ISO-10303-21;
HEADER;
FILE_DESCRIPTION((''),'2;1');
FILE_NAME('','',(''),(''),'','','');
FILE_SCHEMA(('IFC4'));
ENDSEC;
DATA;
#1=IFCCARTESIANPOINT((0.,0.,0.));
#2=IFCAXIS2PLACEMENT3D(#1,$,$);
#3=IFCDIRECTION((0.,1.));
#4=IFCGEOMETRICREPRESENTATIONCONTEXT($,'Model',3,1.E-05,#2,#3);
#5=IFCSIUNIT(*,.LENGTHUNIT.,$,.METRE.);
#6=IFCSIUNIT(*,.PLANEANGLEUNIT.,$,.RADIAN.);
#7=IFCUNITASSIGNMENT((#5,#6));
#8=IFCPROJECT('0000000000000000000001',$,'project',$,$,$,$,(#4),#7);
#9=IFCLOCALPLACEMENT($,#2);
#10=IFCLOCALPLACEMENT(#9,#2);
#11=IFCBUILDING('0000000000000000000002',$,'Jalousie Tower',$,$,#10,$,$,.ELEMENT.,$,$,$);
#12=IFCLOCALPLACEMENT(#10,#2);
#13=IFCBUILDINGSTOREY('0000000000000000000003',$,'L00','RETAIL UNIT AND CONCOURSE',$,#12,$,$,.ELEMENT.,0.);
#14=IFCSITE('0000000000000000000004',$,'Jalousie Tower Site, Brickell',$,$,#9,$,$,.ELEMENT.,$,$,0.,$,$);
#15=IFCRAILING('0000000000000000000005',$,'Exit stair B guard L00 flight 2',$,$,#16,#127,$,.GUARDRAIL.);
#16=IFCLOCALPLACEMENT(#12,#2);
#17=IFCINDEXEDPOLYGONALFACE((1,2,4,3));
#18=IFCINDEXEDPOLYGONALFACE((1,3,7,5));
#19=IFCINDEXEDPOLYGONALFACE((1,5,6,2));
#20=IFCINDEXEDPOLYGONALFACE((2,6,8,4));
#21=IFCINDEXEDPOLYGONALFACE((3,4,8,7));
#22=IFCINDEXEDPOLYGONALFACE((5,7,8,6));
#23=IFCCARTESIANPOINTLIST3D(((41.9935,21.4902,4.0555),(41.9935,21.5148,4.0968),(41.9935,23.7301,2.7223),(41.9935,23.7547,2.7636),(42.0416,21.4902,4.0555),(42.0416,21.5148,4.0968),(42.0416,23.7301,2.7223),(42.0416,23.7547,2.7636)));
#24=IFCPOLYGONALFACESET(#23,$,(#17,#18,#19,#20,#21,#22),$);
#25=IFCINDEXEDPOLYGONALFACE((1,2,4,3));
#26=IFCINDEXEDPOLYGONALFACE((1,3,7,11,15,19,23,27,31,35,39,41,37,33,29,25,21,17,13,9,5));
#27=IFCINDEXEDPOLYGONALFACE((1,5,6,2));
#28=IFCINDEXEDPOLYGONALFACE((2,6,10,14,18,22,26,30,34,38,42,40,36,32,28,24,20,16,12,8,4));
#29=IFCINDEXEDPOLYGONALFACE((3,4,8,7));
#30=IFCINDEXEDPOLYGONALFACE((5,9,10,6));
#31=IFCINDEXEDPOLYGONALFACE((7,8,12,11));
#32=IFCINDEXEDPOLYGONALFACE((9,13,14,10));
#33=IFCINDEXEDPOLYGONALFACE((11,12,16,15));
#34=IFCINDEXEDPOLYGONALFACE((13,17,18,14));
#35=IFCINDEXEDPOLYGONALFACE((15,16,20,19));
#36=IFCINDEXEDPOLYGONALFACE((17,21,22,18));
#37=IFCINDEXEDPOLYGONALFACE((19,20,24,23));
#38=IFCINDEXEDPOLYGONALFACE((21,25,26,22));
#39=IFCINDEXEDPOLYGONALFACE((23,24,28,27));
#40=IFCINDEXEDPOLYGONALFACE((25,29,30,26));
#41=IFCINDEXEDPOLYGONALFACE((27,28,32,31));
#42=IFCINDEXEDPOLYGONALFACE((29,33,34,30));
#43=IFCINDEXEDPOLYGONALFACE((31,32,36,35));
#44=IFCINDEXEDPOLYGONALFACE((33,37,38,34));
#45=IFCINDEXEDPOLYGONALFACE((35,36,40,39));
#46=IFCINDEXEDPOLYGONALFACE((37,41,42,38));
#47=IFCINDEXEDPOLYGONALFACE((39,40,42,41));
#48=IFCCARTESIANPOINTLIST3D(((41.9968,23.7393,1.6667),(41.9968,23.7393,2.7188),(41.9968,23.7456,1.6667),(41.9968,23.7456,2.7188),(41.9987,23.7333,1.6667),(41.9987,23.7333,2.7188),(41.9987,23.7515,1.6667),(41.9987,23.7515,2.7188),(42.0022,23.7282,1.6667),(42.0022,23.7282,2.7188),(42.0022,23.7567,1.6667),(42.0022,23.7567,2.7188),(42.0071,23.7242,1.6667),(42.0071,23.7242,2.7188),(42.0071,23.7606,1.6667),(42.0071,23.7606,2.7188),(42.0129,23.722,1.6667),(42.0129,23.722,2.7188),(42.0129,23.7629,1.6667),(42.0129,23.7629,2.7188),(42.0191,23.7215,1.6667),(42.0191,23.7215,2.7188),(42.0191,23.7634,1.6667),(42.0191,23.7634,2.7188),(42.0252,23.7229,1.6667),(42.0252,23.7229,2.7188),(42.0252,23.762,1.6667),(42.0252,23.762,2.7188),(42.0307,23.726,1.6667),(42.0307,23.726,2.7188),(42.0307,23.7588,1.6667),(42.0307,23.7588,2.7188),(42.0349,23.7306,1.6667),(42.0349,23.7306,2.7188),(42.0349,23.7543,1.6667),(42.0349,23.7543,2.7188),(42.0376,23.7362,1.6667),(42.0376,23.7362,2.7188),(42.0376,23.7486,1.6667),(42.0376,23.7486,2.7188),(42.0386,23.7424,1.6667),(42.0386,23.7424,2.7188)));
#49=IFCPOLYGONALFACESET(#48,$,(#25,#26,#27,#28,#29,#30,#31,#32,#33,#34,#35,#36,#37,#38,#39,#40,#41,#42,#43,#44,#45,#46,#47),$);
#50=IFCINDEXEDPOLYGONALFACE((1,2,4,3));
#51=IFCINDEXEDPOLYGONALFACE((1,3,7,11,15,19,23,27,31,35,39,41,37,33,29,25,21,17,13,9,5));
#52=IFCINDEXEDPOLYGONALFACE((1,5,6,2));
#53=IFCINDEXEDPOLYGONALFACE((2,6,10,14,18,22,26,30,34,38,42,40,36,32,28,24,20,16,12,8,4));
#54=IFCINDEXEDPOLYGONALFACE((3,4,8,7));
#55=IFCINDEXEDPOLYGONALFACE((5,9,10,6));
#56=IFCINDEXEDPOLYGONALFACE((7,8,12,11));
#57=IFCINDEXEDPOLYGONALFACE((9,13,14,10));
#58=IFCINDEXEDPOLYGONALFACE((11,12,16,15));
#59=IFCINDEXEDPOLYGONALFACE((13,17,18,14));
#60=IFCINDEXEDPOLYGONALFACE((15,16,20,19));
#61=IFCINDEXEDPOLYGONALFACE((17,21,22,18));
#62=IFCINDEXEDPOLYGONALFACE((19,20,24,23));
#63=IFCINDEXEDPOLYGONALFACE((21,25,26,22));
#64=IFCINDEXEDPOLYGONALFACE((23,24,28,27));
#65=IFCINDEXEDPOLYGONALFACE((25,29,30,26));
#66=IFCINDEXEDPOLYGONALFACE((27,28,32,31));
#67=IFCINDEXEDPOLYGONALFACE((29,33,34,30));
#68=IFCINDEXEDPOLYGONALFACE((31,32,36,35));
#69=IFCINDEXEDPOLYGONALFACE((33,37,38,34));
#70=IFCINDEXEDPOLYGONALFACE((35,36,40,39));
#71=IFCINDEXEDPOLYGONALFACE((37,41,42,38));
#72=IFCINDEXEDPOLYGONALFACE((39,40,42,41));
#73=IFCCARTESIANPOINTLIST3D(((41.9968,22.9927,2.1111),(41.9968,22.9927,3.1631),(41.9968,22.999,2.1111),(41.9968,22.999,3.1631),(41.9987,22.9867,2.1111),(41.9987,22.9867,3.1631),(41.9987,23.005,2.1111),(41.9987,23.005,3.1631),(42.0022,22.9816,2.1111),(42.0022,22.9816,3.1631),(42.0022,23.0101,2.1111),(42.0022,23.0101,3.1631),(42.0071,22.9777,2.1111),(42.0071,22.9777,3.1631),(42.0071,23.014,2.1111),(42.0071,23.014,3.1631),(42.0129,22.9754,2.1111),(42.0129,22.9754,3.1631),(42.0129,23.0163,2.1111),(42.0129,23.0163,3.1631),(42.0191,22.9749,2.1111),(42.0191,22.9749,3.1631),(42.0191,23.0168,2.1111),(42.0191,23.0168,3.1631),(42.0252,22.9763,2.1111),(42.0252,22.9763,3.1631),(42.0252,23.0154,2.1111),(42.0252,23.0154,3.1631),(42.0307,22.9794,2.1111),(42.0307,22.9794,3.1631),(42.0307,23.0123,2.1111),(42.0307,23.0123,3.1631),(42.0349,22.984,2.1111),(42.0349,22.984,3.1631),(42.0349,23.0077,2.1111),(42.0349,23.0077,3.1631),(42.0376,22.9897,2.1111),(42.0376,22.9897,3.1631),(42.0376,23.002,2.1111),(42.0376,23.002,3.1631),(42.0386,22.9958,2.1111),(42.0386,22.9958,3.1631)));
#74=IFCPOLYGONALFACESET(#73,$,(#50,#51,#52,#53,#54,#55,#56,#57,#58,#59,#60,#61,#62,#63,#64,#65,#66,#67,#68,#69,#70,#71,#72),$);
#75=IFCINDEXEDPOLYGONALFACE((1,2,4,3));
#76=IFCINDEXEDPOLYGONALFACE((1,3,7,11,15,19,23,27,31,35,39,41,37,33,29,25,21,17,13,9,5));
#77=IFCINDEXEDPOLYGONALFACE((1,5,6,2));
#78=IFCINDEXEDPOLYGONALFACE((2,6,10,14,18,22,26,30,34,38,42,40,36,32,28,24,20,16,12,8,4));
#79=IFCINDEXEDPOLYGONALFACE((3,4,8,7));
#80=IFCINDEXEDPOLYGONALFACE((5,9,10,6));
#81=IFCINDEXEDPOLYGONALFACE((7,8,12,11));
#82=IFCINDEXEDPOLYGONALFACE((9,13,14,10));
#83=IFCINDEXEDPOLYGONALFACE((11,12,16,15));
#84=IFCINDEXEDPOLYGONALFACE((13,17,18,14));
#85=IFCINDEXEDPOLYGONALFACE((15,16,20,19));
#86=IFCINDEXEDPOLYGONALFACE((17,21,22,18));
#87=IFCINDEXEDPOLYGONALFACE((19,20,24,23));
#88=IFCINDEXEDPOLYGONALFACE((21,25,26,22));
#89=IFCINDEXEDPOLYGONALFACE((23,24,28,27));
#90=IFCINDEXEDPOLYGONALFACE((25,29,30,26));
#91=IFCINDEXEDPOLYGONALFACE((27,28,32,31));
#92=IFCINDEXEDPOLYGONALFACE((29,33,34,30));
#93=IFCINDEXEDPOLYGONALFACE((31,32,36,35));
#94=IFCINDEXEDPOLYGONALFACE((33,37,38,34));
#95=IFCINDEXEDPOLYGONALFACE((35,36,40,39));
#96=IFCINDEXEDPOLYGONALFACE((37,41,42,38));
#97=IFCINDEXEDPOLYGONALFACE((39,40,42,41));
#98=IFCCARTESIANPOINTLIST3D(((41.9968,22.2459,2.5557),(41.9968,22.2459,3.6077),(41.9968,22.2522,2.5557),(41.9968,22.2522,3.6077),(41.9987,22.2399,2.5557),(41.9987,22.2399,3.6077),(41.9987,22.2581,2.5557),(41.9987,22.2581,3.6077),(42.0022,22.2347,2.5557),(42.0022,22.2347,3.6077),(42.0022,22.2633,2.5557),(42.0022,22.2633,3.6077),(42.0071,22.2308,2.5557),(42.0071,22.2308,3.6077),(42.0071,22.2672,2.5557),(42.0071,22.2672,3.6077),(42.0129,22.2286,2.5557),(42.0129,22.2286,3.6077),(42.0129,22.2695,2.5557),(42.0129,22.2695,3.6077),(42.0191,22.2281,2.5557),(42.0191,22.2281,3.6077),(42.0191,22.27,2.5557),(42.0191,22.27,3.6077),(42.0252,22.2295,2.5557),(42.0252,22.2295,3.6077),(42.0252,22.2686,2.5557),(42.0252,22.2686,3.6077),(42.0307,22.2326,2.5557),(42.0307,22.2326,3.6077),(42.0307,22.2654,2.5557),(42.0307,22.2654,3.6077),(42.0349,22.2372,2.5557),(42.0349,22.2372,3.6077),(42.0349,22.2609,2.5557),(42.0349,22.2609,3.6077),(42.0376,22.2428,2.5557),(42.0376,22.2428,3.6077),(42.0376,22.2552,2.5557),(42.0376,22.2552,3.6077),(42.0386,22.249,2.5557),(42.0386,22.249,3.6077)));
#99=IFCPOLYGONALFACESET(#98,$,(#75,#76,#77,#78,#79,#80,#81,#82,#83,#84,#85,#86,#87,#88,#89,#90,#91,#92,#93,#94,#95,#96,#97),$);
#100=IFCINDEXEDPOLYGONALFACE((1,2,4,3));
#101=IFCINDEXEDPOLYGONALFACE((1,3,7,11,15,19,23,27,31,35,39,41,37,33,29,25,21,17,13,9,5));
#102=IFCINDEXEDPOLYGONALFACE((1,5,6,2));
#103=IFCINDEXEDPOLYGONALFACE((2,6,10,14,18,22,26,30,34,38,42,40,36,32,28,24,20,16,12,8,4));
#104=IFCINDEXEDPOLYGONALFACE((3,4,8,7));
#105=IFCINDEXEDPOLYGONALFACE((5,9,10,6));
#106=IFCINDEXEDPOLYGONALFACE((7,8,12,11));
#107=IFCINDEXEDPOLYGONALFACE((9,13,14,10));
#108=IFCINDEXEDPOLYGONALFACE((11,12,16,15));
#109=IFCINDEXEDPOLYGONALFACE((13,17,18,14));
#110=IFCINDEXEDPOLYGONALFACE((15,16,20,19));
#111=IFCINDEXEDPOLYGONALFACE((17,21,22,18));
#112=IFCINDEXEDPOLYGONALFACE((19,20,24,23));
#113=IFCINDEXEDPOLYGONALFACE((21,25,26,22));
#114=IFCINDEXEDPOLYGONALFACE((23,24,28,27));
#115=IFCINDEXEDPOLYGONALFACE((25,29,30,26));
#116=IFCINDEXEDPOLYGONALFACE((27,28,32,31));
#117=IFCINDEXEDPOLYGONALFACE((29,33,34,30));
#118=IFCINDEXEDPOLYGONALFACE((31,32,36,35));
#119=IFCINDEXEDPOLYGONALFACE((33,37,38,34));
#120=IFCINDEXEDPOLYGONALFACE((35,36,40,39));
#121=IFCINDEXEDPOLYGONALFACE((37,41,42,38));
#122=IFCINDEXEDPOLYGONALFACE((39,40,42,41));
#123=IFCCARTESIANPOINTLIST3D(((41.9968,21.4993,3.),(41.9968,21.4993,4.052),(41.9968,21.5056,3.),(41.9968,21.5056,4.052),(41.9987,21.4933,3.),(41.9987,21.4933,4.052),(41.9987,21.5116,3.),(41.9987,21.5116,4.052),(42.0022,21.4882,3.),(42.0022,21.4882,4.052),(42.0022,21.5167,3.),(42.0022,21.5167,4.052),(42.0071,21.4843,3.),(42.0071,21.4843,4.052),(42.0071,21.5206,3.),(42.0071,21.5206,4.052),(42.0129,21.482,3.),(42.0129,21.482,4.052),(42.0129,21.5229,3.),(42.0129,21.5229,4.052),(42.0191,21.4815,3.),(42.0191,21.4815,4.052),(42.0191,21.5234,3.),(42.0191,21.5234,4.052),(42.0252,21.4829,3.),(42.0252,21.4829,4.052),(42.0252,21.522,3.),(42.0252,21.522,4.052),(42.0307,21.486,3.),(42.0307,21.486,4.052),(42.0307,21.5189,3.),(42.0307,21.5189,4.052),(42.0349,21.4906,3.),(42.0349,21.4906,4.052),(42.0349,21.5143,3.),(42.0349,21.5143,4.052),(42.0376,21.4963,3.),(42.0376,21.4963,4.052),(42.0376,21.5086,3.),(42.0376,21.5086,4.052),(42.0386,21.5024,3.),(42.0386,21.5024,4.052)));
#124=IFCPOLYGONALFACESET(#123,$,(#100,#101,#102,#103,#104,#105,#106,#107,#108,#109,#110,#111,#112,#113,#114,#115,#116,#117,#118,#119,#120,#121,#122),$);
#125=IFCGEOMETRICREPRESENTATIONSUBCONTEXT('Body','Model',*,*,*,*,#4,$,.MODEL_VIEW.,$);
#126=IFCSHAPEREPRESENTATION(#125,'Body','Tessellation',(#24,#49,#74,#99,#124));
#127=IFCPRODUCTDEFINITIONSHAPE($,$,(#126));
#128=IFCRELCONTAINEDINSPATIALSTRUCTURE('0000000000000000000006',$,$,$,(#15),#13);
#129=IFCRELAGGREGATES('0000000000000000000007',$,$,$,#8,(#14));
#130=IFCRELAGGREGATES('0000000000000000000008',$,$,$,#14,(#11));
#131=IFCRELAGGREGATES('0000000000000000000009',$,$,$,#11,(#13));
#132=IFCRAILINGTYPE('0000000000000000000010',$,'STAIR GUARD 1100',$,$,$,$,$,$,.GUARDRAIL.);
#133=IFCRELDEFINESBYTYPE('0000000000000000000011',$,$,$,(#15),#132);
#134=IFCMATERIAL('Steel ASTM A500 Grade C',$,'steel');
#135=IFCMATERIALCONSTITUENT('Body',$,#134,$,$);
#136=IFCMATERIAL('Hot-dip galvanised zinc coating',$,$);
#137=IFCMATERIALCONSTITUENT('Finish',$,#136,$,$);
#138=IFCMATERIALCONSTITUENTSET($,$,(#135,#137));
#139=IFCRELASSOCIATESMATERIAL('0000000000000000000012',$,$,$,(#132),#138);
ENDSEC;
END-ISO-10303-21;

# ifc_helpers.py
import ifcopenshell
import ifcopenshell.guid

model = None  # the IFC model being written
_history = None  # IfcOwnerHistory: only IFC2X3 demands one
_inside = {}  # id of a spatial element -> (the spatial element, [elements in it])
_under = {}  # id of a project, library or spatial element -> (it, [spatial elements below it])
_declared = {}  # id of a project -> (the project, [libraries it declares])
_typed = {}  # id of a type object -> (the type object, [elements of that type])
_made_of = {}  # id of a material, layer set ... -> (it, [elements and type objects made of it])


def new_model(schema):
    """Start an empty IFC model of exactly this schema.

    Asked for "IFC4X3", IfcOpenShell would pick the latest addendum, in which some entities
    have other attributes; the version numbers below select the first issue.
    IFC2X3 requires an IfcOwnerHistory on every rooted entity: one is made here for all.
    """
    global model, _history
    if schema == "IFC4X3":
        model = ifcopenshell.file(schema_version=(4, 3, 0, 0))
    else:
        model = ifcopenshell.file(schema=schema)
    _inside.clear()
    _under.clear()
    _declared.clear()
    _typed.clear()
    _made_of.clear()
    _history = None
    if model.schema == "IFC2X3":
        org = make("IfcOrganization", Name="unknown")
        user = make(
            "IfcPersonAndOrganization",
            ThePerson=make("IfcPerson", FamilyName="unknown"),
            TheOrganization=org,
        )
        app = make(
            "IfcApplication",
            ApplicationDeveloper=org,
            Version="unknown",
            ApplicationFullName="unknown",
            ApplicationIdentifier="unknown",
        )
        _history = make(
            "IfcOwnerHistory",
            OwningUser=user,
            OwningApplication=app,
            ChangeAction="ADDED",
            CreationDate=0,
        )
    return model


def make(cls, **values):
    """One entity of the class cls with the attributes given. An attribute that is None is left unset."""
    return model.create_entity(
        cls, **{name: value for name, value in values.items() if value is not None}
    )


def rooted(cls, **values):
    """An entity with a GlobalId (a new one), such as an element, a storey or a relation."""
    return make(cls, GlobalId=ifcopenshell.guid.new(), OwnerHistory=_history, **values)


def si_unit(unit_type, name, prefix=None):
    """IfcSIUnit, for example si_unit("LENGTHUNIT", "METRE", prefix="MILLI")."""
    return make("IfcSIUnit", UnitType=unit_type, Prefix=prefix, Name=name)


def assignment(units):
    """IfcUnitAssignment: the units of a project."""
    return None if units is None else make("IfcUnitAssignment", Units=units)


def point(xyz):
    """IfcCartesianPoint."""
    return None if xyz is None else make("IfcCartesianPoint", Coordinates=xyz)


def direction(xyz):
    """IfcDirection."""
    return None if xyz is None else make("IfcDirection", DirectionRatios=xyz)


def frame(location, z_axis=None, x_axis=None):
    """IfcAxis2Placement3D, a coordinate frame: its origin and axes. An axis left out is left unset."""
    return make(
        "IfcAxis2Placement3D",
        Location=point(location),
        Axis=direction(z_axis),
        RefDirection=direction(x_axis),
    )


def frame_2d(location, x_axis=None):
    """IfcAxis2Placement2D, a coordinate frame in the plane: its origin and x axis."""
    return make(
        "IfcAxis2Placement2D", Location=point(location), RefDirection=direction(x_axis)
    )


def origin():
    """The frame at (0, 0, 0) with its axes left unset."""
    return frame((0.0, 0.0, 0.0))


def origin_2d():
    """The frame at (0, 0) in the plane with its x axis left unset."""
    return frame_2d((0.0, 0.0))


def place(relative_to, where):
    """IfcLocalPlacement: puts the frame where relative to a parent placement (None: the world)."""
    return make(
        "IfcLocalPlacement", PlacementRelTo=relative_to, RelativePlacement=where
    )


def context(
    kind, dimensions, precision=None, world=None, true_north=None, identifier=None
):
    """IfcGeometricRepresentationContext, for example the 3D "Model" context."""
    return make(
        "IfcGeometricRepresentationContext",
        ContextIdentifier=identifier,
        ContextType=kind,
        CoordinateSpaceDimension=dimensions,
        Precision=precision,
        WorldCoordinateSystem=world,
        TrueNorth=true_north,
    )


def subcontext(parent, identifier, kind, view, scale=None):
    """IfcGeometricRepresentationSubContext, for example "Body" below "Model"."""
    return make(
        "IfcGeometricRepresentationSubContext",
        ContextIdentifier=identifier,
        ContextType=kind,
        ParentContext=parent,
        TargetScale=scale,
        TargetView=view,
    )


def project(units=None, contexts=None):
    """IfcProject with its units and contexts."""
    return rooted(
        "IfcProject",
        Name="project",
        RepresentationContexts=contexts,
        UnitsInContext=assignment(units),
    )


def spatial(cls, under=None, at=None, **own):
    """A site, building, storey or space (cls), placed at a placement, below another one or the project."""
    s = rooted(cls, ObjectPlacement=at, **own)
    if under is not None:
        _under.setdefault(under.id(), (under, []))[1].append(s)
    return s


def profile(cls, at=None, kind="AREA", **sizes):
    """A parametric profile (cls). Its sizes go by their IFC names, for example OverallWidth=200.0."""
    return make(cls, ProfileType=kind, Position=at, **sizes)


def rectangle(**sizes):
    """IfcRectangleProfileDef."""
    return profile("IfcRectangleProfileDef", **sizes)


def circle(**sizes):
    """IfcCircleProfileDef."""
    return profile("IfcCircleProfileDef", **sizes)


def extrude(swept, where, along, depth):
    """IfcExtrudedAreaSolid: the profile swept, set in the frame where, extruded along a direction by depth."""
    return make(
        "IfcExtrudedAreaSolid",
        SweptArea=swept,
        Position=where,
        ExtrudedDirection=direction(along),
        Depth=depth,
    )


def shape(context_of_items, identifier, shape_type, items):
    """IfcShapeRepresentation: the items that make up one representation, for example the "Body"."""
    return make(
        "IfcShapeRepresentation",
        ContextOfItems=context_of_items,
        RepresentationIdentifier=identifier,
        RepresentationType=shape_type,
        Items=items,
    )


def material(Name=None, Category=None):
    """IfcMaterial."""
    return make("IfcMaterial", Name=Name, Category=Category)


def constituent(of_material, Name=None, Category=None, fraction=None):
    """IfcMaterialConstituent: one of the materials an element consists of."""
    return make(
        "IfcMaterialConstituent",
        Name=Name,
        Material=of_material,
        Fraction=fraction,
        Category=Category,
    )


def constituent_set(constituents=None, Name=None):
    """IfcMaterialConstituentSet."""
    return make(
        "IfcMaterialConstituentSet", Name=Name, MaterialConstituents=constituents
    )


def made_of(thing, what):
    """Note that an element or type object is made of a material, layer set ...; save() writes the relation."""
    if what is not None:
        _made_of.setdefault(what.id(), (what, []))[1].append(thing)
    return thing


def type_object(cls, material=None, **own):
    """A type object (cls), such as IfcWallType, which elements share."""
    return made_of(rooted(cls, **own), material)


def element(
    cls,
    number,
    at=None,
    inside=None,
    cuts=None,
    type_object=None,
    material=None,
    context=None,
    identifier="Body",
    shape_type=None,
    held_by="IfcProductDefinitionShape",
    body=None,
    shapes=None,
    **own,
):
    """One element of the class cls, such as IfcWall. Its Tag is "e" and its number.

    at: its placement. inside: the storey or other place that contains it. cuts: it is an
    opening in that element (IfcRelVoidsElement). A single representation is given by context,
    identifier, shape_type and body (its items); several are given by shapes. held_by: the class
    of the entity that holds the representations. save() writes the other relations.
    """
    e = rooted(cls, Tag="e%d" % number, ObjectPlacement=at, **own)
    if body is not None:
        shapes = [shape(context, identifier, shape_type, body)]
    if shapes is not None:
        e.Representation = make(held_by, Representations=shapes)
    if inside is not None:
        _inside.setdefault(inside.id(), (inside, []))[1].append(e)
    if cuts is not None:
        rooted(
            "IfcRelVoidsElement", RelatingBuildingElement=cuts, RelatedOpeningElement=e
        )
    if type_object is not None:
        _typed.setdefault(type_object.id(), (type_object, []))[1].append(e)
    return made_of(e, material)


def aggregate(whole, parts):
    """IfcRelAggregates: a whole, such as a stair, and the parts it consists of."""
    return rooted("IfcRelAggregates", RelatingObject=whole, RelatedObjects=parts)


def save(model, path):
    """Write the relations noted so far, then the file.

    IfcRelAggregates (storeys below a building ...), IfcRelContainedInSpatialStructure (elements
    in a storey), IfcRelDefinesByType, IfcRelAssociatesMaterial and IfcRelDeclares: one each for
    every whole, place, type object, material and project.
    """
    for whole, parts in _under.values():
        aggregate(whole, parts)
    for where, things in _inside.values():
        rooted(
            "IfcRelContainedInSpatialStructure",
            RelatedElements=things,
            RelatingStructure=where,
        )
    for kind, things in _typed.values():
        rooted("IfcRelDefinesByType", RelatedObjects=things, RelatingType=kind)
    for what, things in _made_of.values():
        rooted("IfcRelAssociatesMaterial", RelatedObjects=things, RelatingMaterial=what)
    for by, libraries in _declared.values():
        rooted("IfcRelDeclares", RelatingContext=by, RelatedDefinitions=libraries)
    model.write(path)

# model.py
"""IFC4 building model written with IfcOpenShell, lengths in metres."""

from ifc_helpers import new_model, si_unit, direction, frame, origin, origin_2d, place, context, subcontext, project, spatial, rectangle, circle, extrude, material, constituent, constituent_set, type_object, element, save


model = new_model("IFC4")

# Units and contexts
model_context = context("Model", 3, precision=1e-05, world=origin(), true_north=direction((0.0, 1.0)))
body_context = subcontext(model_context, "Body", "Model", "MODEL_VIEW")
ifc_project = project(units=[si_unit("LENGTHUNIT", "METRE"), si_unit("PLANEANGLEUNIT", "RADIAN")], contexts=[model_context])

# Site, building, storey
site_placement = place(None, origin())
site = spatial("IfcSite", under=ifc_project, at=site_placement, Name="Jalousie Tower Site, Brickell", CompositionType="ELEMENT", RefElevation=0.0)
building_placement = place(site_placement, origin())
building = spatial("IfcBuilding", under=site, at=building_placement, Name="Jalousie Tower", CompositionType="ELEMENT")
storey_placement = place(building_placement, origin())
storey = spatial("IfcBuildingStorey", under=building, at=storey_placement, Name="L00", Description="RETAIL UNIT AND CONCOURSE", CompositionType="ELEMENT", Elevation=0.0)

# Railing
ifc_material_1 = material(Name="Steel ASTM A500 Grade C", Category="steel")
ifc_constituent_1 = constituent(ifc_material_1, Name="Body")
ifc_material_2 = material(Name="Hot-dip galvanised zinc coating")
ifc_constituent_2 = constituent(ifc_material_2, Name="Finish")
ifc_constituent_set_1 = constituent_set(constituents=[ifc_constituent_1, ifc_constituent_2])
railing_type_1 = type_object("IfcRailingType", Name="STAIR GUARD 1100", PredefinedType="GUARDRAIL", material=ifc_constituent_set_1)
railing_1_placement = place(storey_placement, frame((42.0176, 23.7424, 1.6667)))
element("IfcRailing", 1, at=railing_1_placement, inside=storey, type_object=railing_type_1, Name="Exit stair B guard L00 flight 2", PredefinedType="GUARDRAIL", context=body_context, shape_type="SweptSolid", body=[
    extrude(rectangle(XDim=0.0481, YDim=0.0481, at=origin_2d()), frame((0.0, 0.0, 1.0762), z_axis=(0.0, -0.859306, 0.511462), x_axis=(1.0, 0.0, 0.0)), (0.0, 0.0, 1.0), 2.6067),
    extrude(circle(Radius=0.021, at=origin_2d()), origin(), (0.0, 0.0, 1.0), 1.052),
    extrude(circle(Radius=0.021, at=origin_2d()), frame((0.0, -0.7466, 0.4443)), (0.0, 0.0, 1.0), 1.052),
    extrude(circle(Radius=0.021, at=origin_2d()), frame((0.0, -1.4934, 0.8889)), (0.0, 0.0, 1.0), 1.052),
    extrude(circle(Radius=0.021, at=origin_2d()), frame((0.0, -2.24, 1.3333)), (0.0, 0.0, 1.0), 1.052),
])

save(model, "model.ifc")
